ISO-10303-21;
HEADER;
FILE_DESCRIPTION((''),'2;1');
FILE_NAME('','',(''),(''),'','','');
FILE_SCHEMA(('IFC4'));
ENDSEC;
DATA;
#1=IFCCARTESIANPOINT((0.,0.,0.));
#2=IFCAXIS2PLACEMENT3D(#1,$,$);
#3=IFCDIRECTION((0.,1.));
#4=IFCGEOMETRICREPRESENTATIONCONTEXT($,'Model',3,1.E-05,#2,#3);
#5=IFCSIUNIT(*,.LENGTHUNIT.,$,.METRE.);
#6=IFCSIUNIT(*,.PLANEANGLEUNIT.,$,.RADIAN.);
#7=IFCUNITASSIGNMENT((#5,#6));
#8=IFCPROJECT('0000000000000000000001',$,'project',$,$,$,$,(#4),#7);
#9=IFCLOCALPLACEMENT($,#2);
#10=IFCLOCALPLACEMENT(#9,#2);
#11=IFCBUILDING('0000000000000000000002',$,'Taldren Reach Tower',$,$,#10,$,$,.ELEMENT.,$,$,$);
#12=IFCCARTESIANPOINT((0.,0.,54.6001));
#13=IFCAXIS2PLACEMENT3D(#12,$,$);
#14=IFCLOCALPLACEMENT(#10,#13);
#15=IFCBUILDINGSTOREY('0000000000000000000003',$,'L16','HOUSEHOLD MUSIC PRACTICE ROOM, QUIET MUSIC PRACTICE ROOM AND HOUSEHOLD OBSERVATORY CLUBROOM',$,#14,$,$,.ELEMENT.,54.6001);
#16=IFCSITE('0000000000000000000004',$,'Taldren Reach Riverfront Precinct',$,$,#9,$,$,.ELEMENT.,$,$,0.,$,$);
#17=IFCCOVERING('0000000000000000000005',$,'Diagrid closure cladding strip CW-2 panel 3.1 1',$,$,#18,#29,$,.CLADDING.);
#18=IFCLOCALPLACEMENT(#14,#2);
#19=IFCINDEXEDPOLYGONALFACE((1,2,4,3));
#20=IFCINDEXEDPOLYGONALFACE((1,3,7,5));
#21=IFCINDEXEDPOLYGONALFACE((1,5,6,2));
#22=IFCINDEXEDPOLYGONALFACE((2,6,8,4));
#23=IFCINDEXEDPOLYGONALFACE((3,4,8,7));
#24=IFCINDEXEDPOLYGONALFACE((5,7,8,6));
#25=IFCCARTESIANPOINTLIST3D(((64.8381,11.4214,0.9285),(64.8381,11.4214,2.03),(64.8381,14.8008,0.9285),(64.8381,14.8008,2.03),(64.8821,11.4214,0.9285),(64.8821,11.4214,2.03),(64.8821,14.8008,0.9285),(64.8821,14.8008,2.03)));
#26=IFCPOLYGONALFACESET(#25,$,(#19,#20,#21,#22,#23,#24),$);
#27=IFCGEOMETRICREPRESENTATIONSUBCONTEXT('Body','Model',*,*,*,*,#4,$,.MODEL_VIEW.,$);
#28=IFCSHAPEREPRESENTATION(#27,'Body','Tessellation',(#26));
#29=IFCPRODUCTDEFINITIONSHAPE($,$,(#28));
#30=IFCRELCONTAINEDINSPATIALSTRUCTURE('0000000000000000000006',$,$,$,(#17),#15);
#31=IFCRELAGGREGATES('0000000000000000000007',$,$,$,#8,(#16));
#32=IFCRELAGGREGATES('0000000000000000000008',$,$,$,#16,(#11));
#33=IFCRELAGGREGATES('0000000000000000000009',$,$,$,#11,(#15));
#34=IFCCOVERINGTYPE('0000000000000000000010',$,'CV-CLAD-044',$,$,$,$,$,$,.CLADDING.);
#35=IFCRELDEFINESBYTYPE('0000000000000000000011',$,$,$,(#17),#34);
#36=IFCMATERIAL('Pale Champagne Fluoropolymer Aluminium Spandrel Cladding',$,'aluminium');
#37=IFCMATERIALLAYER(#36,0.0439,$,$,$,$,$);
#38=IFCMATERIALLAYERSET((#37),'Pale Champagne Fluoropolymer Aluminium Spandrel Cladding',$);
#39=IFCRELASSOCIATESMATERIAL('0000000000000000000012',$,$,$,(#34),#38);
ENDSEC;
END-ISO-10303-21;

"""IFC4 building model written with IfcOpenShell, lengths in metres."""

from ifc_helpers import new_model, si_unit, direction, frame, origin, origin_2d, place, context, subcontext, project, spatial, rectangle, extrude, source, transform, mapped, material, layer, layer_set, type_object, element, save


model = new_model("IFC4")

# Units and contexts
model_context = context("Model", 3, precision=1e-05, world=origin(), true_north=direction((0.0, 1.0)))
body_context = subcontext(model_context, "Body", "Model", "MODEL_VIEW")
ifc_project = project(units=[si_unit("LENGTHUNIT", "METRE"), si_unit("PLANEANGLEUNIT", "RADIAN")], contexts=[model_context])

# Site, building, storey
site_placement = place(None, origin())
site = spatial("IfcSite", under=ifc_project, at=site_placement, Name="Taldren Reach Riverfront Precinct", CompositionType="ELEMENT", RefElevation=0.0)
building_placement = place(site_placement, origin())
building = spatial("IfcBuilding", under=site, at=building_placement, Name="Taldren Reach Tower", CompositionType="ELEMENT")
storey_placement = place(building_placement, frame((0.0, 0.0, 54.6001)))
storey = spatial("IfcBuildingStorey", under=building, at=storey_placement, Name="L16", Description="HOUSEHOLD MUSIC PRACTICE ROOM, QUIET MUSIC PRACTICE ROOM AND HOUSEHOLD OBSERVATORY CLUBROOM", CompositionType="ELEMENT", Elevation=54.6001)

# Covering
ifc_material_1 = material(Name="Pale Champagne Fluoropolymer Aluminium Spandrel Cladding", Category="aluminium")
ifc_layer_1 = layer(ifc_material_1, 0.0439)
ifc_layer_set_1 = layer_set([ifc_layer_1], Name="Pale Champagne Fluoropolymer Aluminium Spandrel Cladding")
covering_type = type_object("IfcCoveringType", Name="CV-CLAD-044", PredefinedType="CLADDING", material=ifc_layer_set_1)
shared_shape_1 = source(origin(), body_context, "Body", "SweptSolid", [
    extrude(rectangle(XDim=3.3794, YDim=0.0439, at=origin_2d()), origin(), (0.0, 0.0, 1.0), 1.1016),
])
for number, where, z_axis, x_axis, name in (
    (1, (64.8601, 13.1111, 0.9285), (0.0, 0.0, 1.0), (0.0, 1.0, 0.0), "Diagrid closure cladding strip CW-2 panel 3.1 1"),
):
    element("IfcCovering", number, at=place(storey_placement, frame(where, z_axis=z_axis, x_axis=x_axis)), inside=storey, type_object=covering_type, Name=name, PredefinedType="CLADDING", context=body_context, shape_type="MappedRepresentation", body=[
        mapped(shared_shape_1, transform((0.0, 0.0, 0.0), scale=1.0)),
    ])

save(model, "model.ifc")
